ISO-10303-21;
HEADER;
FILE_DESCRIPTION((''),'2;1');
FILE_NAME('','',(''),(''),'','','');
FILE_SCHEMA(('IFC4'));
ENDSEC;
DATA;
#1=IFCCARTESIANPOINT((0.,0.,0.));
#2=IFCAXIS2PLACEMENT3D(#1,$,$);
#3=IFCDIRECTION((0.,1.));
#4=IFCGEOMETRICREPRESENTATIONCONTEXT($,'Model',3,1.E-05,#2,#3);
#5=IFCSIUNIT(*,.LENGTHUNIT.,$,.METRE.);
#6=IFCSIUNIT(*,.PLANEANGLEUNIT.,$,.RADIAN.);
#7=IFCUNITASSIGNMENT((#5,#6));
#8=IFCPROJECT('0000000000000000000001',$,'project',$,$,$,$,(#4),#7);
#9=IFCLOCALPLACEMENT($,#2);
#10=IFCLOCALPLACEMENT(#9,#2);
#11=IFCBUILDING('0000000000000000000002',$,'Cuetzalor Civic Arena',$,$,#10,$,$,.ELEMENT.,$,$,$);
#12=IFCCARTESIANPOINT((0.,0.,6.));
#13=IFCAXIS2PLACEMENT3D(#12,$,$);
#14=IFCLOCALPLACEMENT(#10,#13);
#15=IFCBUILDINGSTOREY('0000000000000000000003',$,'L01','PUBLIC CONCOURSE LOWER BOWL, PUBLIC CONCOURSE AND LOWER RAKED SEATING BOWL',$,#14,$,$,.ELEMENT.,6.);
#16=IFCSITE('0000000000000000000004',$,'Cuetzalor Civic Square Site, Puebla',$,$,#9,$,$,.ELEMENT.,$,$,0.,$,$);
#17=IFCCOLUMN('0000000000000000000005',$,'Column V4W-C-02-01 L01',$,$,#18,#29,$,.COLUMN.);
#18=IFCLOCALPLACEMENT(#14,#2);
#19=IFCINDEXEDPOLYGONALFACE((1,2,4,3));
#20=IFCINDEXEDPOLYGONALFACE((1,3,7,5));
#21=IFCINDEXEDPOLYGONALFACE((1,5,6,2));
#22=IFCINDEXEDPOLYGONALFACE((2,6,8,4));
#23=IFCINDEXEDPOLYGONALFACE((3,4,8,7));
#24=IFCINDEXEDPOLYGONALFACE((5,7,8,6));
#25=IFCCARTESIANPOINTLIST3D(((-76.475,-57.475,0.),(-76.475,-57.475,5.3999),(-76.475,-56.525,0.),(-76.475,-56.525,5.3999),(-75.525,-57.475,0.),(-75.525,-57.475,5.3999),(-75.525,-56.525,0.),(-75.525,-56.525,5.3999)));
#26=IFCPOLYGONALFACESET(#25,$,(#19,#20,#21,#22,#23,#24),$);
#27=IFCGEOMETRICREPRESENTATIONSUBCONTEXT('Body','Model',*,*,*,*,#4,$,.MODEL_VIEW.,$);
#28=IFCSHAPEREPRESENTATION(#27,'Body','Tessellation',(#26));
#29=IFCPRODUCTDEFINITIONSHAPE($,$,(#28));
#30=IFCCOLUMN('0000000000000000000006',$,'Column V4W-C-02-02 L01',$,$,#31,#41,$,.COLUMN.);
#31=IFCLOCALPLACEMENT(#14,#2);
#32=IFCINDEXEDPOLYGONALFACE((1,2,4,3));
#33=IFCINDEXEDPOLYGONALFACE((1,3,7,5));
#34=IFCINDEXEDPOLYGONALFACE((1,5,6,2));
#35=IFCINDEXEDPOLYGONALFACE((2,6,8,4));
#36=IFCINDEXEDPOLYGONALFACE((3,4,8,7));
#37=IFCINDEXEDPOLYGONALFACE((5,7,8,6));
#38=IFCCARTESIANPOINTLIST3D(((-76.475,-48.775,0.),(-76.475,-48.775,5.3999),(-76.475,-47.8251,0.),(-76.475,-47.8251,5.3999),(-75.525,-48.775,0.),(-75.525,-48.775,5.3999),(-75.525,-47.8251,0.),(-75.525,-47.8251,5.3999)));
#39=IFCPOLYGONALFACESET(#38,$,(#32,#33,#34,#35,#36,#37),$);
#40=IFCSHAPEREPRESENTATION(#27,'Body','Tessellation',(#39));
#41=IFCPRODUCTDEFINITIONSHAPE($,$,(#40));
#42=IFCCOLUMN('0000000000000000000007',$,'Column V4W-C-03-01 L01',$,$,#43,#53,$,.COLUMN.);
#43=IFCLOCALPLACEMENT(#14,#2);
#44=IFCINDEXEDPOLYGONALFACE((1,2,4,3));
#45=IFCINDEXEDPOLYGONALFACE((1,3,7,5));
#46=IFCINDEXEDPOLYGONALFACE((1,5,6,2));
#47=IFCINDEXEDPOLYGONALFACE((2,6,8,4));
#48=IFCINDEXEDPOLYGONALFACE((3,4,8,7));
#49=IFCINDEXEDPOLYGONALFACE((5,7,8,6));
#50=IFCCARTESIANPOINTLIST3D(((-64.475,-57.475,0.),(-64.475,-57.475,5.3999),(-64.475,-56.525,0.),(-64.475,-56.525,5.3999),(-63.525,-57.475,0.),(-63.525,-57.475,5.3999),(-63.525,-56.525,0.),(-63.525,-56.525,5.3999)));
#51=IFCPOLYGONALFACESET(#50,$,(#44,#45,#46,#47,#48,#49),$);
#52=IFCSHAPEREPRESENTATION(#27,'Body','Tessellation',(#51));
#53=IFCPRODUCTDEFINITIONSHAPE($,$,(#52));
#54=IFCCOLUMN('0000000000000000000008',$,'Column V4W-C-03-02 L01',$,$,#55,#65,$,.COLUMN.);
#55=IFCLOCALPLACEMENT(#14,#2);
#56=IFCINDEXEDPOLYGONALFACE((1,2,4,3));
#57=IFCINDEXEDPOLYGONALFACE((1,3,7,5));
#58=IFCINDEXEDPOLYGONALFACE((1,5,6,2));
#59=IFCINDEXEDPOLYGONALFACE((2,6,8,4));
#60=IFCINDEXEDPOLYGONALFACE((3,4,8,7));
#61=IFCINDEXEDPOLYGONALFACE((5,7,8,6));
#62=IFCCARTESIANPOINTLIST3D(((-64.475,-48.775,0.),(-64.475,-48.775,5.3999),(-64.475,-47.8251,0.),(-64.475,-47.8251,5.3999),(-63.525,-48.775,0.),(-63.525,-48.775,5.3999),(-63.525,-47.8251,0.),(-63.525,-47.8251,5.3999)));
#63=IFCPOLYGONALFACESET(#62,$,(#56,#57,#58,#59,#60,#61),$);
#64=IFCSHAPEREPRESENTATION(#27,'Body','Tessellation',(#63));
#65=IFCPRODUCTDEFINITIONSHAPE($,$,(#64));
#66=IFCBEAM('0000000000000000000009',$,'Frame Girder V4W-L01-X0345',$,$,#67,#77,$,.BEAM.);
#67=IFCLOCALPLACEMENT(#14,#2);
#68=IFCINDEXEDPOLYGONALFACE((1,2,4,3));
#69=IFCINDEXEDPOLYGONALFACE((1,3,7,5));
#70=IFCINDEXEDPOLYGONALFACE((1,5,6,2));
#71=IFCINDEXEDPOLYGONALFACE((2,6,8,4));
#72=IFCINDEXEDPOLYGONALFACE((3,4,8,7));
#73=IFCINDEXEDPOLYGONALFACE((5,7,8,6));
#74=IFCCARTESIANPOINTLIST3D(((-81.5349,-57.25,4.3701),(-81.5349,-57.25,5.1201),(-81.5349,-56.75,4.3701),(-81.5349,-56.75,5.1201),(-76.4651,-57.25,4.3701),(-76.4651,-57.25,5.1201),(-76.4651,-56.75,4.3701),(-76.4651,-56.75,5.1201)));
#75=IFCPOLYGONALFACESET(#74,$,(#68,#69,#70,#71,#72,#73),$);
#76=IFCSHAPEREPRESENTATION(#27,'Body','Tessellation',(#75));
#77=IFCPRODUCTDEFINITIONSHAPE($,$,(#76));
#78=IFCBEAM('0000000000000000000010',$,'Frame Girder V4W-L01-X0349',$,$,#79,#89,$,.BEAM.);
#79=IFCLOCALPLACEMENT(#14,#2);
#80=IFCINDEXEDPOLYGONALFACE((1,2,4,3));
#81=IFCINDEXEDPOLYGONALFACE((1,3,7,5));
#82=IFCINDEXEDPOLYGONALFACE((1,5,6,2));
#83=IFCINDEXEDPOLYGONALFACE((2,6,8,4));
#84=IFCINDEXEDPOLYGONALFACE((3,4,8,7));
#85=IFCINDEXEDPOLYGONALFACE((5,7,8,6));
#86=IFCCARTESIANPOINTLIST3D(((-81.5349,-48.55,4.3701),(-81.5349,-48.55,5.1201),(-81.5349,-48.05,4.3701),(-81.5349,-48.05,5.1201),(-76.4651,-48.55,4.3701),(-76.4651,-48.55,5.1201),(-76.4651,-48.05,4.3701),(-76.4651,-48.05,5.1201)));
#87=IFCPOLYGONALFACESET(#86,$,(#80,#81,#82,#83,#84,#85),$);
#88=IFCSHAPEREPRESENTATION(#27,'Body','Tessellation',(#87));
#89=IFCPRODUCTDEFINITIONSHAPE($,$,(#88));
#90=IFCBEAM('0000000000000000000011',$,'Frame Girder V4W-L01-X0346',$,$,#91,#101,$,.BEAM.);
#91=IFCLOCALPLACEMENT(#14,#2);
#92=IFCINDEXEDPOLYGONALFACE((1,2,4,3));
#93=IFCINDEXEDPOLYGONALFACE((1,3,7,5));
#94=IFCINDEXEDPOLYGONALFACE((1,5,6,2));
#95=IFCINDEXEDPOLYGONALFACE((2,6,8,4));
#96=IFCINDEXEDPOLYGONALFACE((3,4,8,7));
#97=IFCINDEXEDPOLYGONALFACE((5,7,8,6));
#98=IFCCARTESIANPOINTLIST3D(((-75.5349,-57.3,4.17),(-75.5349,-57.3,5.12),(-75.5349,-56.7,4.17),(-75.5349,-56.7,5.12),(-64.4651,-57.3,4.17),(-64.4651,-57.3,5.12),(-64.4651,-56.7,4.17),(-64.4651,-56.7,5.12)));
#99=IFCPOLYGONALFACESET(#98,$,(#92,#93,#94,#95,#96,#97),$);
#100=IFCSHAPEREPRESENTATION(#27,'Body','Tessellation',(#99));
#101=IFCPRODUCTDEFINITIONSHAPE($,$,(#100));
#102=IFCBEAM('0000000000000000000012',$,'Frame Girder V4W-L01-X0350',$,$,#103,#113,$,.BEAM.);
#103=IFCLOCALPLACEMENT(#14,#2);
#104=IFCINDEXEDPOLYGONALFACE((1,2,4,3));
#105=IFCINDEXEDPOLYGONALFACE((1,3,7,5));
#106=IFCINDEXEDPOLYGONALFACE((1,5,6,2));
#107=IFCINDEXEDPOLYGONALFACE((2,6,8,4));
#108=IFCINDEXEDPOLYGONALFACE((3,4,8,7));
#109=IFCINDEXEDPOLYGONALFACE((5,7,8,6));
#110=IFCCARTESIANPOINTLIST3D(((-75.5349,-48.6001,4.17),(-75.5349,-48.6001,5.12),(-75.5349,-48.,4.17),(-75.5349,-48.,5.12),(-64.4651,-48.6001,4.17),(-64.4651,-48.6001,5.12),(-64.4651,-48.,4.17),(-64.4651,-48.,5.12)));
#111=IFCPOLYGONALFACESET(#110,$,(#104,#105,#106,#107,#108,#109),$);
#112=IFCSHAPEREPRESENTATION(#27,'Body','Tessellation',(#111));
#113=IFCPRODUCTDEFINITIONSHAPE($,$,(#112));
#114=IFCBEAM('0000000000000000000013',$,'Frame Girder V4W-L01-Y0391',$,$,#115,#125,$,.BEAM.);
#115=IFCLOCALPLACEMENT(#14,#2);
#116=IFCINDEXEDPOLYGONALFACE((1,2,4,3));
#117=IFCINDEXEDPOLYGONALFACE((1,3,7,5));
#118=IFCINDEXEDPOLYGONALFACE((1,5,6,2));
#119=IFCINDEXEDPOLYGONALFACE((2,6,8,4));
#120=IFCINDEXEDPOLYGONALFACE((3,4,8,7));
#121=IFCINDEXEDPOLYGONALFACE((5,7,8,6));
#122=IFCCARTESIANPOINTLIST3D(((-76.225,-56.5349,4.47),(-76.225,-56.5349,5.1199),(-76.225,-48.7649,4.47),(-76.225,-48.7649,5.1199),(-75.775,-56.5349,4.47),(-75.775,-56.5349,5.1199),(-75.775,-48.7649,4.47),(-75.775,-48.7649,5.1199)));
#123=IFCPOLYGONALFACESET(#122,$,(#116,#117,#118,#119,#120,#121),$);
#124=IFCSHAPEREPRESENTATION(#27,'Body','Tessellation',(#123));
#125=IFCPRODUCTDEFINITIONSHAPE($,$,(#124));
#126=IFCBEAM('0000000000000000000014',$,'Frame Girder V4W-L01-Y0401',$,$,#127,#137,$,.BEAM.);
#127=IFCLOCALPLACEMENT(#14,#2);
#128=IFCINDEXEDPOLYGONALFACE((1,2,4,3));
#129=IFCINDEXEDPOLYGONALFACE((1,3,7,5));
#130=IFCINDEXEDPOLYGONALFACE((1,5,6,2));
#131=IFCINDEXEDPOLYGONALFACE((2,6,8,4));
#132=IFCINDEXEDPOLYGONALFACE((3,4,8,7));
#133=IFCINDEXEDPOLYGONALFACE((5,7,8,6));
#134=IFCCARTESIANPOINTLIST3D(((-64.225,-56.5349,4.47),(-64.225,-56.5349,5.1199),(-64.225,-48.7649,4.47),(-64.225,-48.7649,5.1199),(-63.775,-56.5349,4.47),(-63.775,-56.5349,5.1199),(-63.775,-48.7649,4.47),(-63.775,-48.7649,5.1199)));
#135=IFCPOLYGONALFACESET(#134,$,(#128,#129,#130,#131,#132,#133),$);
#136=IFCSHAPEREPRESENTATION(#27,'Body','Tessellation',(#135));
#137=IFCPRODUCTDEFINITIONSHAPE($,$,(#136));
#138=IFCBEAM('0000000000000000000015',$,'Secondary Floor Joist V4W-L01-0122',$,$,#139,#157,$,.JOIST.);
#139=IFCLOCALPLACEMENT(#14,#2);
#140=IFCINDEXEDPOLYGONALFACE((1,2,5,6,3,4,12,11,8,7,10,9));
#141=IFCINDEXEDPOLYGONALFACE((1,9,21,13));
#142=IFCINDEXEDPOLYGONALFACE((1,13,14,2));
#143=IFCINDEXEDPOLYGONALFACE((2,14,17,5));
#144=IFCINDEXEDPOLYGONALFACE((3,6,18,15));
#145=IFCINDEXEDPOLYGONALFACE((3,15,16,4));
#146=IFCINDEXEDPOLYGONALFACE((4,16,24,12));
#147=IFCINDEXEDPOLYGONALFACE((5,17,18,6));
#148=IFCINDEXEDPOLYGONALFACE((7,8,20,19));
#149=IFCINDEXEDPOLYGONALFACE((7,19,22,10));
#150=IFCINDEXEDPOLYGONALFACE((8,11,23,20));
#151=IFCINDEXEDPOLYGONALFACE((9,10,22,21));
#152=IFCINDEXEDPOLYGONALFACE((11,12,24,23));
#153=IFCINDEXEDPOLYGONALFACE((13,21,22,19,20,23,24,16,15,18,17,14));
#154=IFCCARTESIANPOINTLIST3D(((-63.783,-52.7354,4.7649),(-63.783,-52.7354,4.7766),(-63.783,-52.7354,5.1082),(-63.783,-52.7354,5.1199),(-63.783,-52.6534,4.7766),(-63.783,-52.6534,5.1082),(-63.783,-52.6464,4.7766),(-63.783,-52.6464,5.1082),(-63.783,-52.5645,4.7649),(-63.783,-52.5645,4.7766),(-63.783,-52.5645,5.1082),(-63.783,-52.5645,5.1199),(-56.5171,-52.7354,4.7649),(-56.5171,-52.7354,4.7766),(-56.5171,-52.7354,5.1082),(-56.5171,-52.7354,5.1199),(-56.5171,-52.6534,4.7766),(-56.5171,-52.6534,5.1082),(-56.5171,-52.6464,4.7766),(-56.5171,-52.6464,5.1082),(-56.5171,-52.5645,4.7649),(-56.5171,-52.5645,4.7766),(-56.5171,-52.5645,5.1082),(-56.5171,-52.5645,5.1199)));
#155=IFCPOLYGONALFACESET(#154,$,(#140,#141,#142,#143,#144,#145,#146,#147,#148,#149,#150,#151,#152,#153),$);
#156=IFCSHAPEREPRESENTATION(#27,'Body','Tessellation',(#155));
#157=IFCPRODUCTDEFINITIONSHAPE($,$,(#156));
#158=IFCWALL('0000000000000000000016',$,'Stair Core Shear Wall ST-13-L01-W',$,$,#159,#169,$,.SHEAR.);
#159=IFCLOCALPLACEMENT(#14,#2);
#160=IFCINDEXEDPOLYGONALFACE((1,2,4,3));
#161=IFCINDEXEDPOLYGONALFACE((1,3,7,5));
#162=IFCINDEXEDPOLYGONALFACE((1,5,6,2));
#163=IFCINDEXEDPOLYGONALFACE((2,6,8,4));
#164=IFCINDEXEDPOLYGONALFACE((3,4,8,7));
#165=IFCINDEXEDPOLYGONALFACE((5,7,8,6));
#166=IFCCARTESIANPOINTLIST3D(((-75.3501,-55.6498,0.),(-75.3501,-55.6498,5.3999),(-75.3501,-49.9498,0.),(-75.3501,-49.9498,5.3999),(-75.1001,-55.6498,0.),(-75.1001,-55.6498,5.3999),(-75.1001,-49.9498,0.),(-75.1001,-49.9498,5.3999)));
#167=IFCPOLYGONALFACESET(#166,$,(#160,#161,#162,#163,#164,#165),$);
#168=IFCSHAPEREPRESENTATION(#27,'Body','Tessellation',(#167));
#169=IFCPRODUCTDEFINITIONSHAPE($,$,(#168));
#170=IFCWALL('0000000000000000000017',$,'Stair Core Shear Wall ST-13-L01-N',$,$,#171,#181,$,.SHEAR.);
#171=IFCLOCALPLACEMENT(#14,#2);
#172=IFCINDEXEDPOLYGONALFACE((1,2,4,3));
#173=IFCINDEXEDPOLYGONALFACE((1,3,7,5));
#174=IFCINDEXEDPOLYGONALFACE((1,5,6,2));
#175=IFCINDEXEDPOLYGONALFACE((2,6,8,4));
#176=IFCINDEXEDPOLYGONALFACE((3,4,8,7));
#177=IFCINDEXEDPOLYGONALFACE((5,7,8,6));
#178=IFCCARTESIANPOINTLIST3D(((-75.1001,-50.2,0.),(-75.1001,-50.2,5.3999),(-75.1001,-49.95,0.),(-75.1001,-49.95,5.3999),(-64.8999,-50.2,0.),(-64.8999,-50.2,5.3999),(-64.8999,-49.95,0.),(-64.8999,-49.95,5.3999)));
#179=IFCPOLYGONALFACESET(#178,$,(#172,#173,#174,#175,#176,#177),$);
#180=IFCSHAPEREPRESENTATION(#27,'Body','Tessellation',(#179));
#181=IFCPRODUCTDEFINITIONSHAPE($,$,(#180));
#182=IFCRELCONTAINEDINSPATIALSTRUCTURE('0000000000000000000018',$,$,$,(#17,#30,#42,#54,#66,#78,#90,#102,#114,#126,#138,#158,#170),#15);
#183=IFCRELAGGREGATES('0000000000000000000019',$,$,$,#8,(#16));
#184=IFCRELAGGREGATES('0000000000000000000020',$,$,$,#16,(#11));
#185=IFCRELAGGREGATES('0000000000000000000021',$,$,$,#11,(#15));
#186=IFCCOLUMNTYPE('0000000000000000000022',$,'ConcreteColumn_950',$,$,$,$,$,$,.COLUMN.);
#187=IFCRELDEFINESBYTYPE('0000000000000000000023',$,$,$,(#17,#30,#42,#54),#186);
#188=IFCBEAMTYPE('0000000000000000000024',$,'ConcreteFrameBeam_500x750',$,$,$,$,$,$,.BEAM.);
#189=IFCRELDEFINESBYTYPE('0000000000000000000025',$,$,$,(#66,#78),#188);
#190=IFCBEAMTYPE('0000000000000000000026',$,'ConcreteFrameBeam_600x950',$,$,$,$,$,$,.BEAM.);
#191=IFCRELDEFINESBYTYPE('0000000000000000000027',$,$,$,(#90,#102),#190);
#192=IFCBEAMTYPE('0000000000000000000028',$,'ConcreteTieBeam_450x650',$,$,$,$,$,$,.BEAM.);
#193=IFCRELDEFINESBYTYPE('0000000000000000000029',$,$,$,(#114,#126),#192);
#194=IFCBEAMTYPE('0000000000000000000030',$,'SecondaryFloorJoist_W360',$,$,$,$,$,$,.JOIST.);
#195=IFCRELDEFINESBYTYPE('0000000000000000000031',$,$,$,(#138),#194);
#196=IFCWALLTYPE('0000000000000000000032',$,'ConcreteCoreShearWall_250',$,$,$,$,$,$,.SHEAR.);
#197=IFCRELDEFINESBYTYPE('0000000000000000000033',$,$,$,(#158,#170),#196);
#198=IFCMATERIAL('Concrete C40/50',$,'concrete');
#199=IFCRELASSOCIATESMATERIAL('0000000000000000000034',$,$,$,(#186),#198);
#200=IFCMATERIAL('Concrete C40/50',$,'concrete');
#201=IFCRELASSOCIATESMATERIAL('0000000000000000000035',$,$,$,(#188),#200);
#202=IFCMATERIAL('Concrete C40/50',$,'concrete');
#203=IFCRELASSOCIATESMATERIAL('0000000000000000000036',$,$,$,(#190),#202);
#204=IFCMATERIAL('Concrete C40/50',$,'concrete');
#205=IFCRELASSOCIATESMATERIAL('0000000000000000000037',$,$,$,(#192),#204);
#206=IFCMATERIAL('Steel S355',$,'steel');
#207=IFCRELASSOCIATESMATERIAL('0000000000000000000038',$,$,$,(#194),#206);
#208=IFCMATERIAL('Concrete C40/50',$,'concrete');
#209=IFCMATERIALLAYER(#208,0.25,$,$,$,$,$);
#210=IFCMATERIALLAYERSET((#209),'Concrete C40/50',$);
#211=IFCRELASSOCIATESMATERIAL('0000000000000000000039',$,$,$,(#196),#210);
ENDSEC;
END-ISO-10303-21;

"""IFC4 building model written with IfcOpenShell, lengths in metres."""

from ifc_helpers import new_model, si_unit, direction, frame, frame_2d, origin, origin_2d, place, context, subcontext, project, spatial, rectangle, i_section, extrude, material, layer, layer_set, material_profile, profile_set, type_object, element, save


model = new_model("IFC4")

# Units and contexts
model_context = context("Model", 3, precision=1e-05, world=origin(), true_north=direction((0.0, 1.0)))
body_context = subcontext(model_context, "Body", "Model", "MODEL_VIEW")
ifc_project = project(units=[si_unit("LENGTHUNIT", "METRE"), si_unit("PLANEANGLEUNIT", "RADIAN")], contexts=[model_context])

# Site, building, storey
site_placement = place(None, origin())
site = spatial("IfcSite", under=ifc_project, at=site_placement, Name="Cuetzalor Civic Square Site, Puebla", CompositionType="ELEMENT", RefElevation=0.0)
building_placement = place(site_placement, origin())
building = spatial("IfcBuilding", under=site, at=building_placement, Name="Cuetzalor Civic Arena", CompositionType="ELEMENT")
storey_placement = place(building_placement, frame((0.0, 0.0, 6.0)))
storey = spatial("IfcBuildingStorey", under=building, at=storey_placement, Name="L01", Description="PUBLIC CONCOURSE LOWER BOWL, PUBLIC CONCOURSE AND LOWER RAKED SEATING BOWL", CompositionType="ELEMENT", Elevation=6.0)

# Columns
ifc_material_1 = material(Name="Concrete C40/50", Category="concrete")
ifc_material_profile_1 = material_profile(ifc_material_1, rectangle(XDim=0.95, YDim=0.95, at=origin_2d()), Name="RC 950x950")
ifc_profile_set_1 = profile_set([ifc_material_profile_1], Name="Concrete C40/50")
column_type = type_object("IfcColumnType", Name="ConcreteColumn_950", PredefinedType="COLUMN", material=ifc_profile_set_1)
for number, where, z_axis, x_axis, name in (
    (1, (-76.0, -57.0, 0.0), (0.0, 0.0, 1.0), (1.0, 0.0, 0.0), "Column V4W-C-02-01 L01"),
    (2, (-76.0, -48.3, 0.0), (0.0, 0.0, 1.0), (1.0, 0.0, 0.0), "Column V4W-C-02-02 L01"),
    (3, (-64.0, -57.0, 0.0), (0.0, 0.0, 1.0), (1.0, 0.0, 0.0), "Column V4W-C-03-01 L01"),
    (4, (-64.0, -48.3, 0.0), (0.0, 0.0, 1.0), (1.0, 0.0, 0.0), "Column V4W-C-03-02 L01"),
):
    element("IfcColumn", number, at=place(storey_placement, frame(where, z_axis=z_axis, x_axis=x_axis)), inside=storey, type_object=column_type, Name=name, PredefinedType="COLUMN", context=body_context, shape_type="SweptSolid", body=[
        extrude(rectangle(XDim=0.95, YDim=0.95, at=origin_2d()), origin(), (0.0, 0.0, 1.0), 5.3999),
    ])

# Beams
ifc_material_2 = material(Name="Concrete C40/50", Category="concrete")
ifc_material_profile_2 = material_profile(ifc_material_2, rectangle(XDim=0.5, YDim=0.75, at=origin_2d()), Name="RC 500x750")
ifc_profile_set_2 = profile_set([ifc_material_profile_2], Name="Concrete C40/50")
beam_type_1 = type_object("IfcBeamType", Name="ConcreteFrameBeam_500x750", PredefinedType="BEAM", material=ifc_profile_set_2)
for number, where, z_axis, x_axis, name in (
    (5, (-81.5349, -57.0, 4.7451), (1.0, 0.0, 0.0), (0.0, 1.0, 0.0), "Frame Girder V4W-L01-X0345"),
    (6, (-81.5349, -48.3, 4.7451), (1.0, 0.0, 0.0), (0.0, 1.0, 0.0), "Frame Girder V4W-L01-X0349"),
):
    element("IfcBeam", number, at=place(storey_placement, frame(where, z_axis=z_axis, x_axis=x_axis)), inside=storey, type_object=beam_type_1, Name=name, PredefinedType="BEAM", context=body_context, shape_type="SweptSolid", body=[
        extrude(rectangle(XDim=0.5, YDim=0.75, at=origin_2d()), origin(), (0.0, 0.0, 1.0), 5.0698),
    ])
ifc_material_3 = material(Name="Concrete C40/50", Category="concrete")
ifc_material_profile_3 = material_profile(ifc_material_3, rectangle(XDim=0.6001, YDim=0.95, at=origin_2d()), Name="RC 600x950")
ifc_profile_set_3 = profile_set([ifc_material_profile_3], Name="Concrete C40/50")
beam_type_2 = type_object("IfcBeamType", Name="ConcreteFrameBeam_600x950", PredefinedType="BEAM", material=ifc_profile_set_3)
for number, where, z_axis, x_axis, name in (
    (7, (-75.5349, -57.0, 4.645), (1.0, 0.0, 0.0), (0.0, 1.0, 0.0), "Frame Girder V4W-L01-X0346"),
    (8, (-75.5349, -48.3, 4.645), (1.0, 0.0, 0.0), (0.0, 1.0, 0.0), "Frame Girder V4W-L01-X0350"),
):
    element("IfcBeam", number, at=place(storey_placement, frame(where, z_axis=z_axis, x_axis=x_axis)), inside=storey, type_object=beam_type_2, Name=name, PredefinedType="BEAM", context=body_context, shape_type="SweptSolid", body=[
        extrude(rectangle(XDim=0.6001, YDim=0.95, at=origin_2d()), origin(), (0.0, 0.0, 1.0), 11.0698),
    ])
ifc_material_4 = material(Name="Concrete C40/50", Category="concrete")
ifc_material_profile_4 = material_profile(ifc_material_4, rectangle(XDim=0.45, YDim=0.6499, at=origin_2d()), Name="RC 450x650")
ifc_profile_set_4 = profile_set([ifc_material_profile_4], Name="Concrete C40/50")
beam_type_3 = type_object("IfcBeamType", Name="ConcreteTieBeam_450x650", PredefinedType="BEAM", material=ifc_profile_set_4)
for number, where, z_axis, x_axis, name in (
    (9, (-76.0, -56.5349, 4.7949), (0.0, 1.0, 0.0), (-1.0, 0.0, 0.0), "Frame Girder V4W-L01-Y0391"),
    (10, (-64.0, -56.5349, 4.7949), (0.0, 1.0, 0.0), (-1.0, 0.0, 0.0), "Frame Girder V4W-L01-Y0401"),
):
    element("IfcBeam", number, at=place(storey_placement, frame(where, z_axis=z_axis, x_axis=x_axis)), inside=storey, type_object=beam_type_3, Name=name, PredefinedType="BEAM", context=body_context, shape_type="SweptSolid", body=[
        extrude(rectangle(XDim=0.45, YDim=0.6499, at=origin_2d()), origin(), (0.0, 0.0, 1.0), 7.77),
    ])
ifc_material_5 = material(Name="Steel S355", Category="steel")
ifc_material_profile_5 = material_profile(ifc_material_5, i_section(OverallWidth=0.1709, OverallDepth=0.355, WebThickness=0.0071, FlangeThickness=0.0117, at=origin_2d()), Name="W360x51")
ifc_profile_set_5 = profile_set([ifc_material_profile_5], Name="Steel S355")
beam_type_4 = type_object("IfcBeamType", Name="SecondaryFloorJoist_W360", PredefinedType="JOIST", material=ifc_profile_set_5)
beam_placement = place(storey_placement, frame((-63.783, -52.6499, 4.9424), z_axis=(1.0, 0.0, 0.0), x_axis=(0.0, 1.0, 0.0)))
element("IfcBeam", 11, at=beam_placement, inside=storey, type_object=beam_type_4, Name="Secondary Floor Joist V4W-L01-0122", PredefinedType="JOIST", context=body_context, shape_type="SweptSolid", body=[
    extrude(i_section(OverallWidth=0.1709, OverallDepth=0.355, WebThickness=0.0071, FlangeThickness=0.0117, at=origin_2d()), origin(), (0.0, 0.0, 1.0), 7.2659),
])

# Walls
ifc_material_6 = material(Name="Concrete C40/50", Category="concrete")
ifc_layer = layer(ifc_material_6, 0.25)
ifc_layer_set = layer_set([ifc_layer], Name="Concrete C40/50")
wall_type = type_object("IfcWallType", Name="ConcreteCoreShearWall_250", PredefinedType="SHEAR", material=ifc_layer_set)
wall_1_placement = place(storey_placement, frame((-75.2251, -55.6499, 0.0), z_axis=(0.0, 0.0, 1.0), x_axis=(0.0, 1.0, 0.0)))
element("IfcWall", 12, at=wall_1_placement, inside=storey, type_object=wall_type, Name="Stair Core Shear Wall ST-13-L01-W", PredefinedType="SHEAR", context=body_context, shape_type="SweptSolid", body=[
    extrude(rectangle(XDim=5.7, YDim=0.25, at=frame_2d((2.8501, 0.0))), origin(), (0.0, 0.0, 1.0), 5.3999),
])
wall_2_placement = place(storey_placement, frame((-75.1001, -50.075, 0.0), z_axis=(0.0, 0.0, 1.0), x_axis=(1.0, 0.0, 0.0)))
element("IfcWall", 13, at=wall_2_placement, inside=storey, type_object=wall_type, Name="Stair Core Shear Wall ST-13-L01-N", PredefinedType="SHEAR", context=body_context, shape_type="SweptSolid", body=[
    extrude(rectangle(XDim=10.2002, YDim=0.25, at=frame_2d((5.1001, 0.0))), origin(), (0.0, 0.0, 1.0), 5.3999),
])

save(model, "model.ifc")
